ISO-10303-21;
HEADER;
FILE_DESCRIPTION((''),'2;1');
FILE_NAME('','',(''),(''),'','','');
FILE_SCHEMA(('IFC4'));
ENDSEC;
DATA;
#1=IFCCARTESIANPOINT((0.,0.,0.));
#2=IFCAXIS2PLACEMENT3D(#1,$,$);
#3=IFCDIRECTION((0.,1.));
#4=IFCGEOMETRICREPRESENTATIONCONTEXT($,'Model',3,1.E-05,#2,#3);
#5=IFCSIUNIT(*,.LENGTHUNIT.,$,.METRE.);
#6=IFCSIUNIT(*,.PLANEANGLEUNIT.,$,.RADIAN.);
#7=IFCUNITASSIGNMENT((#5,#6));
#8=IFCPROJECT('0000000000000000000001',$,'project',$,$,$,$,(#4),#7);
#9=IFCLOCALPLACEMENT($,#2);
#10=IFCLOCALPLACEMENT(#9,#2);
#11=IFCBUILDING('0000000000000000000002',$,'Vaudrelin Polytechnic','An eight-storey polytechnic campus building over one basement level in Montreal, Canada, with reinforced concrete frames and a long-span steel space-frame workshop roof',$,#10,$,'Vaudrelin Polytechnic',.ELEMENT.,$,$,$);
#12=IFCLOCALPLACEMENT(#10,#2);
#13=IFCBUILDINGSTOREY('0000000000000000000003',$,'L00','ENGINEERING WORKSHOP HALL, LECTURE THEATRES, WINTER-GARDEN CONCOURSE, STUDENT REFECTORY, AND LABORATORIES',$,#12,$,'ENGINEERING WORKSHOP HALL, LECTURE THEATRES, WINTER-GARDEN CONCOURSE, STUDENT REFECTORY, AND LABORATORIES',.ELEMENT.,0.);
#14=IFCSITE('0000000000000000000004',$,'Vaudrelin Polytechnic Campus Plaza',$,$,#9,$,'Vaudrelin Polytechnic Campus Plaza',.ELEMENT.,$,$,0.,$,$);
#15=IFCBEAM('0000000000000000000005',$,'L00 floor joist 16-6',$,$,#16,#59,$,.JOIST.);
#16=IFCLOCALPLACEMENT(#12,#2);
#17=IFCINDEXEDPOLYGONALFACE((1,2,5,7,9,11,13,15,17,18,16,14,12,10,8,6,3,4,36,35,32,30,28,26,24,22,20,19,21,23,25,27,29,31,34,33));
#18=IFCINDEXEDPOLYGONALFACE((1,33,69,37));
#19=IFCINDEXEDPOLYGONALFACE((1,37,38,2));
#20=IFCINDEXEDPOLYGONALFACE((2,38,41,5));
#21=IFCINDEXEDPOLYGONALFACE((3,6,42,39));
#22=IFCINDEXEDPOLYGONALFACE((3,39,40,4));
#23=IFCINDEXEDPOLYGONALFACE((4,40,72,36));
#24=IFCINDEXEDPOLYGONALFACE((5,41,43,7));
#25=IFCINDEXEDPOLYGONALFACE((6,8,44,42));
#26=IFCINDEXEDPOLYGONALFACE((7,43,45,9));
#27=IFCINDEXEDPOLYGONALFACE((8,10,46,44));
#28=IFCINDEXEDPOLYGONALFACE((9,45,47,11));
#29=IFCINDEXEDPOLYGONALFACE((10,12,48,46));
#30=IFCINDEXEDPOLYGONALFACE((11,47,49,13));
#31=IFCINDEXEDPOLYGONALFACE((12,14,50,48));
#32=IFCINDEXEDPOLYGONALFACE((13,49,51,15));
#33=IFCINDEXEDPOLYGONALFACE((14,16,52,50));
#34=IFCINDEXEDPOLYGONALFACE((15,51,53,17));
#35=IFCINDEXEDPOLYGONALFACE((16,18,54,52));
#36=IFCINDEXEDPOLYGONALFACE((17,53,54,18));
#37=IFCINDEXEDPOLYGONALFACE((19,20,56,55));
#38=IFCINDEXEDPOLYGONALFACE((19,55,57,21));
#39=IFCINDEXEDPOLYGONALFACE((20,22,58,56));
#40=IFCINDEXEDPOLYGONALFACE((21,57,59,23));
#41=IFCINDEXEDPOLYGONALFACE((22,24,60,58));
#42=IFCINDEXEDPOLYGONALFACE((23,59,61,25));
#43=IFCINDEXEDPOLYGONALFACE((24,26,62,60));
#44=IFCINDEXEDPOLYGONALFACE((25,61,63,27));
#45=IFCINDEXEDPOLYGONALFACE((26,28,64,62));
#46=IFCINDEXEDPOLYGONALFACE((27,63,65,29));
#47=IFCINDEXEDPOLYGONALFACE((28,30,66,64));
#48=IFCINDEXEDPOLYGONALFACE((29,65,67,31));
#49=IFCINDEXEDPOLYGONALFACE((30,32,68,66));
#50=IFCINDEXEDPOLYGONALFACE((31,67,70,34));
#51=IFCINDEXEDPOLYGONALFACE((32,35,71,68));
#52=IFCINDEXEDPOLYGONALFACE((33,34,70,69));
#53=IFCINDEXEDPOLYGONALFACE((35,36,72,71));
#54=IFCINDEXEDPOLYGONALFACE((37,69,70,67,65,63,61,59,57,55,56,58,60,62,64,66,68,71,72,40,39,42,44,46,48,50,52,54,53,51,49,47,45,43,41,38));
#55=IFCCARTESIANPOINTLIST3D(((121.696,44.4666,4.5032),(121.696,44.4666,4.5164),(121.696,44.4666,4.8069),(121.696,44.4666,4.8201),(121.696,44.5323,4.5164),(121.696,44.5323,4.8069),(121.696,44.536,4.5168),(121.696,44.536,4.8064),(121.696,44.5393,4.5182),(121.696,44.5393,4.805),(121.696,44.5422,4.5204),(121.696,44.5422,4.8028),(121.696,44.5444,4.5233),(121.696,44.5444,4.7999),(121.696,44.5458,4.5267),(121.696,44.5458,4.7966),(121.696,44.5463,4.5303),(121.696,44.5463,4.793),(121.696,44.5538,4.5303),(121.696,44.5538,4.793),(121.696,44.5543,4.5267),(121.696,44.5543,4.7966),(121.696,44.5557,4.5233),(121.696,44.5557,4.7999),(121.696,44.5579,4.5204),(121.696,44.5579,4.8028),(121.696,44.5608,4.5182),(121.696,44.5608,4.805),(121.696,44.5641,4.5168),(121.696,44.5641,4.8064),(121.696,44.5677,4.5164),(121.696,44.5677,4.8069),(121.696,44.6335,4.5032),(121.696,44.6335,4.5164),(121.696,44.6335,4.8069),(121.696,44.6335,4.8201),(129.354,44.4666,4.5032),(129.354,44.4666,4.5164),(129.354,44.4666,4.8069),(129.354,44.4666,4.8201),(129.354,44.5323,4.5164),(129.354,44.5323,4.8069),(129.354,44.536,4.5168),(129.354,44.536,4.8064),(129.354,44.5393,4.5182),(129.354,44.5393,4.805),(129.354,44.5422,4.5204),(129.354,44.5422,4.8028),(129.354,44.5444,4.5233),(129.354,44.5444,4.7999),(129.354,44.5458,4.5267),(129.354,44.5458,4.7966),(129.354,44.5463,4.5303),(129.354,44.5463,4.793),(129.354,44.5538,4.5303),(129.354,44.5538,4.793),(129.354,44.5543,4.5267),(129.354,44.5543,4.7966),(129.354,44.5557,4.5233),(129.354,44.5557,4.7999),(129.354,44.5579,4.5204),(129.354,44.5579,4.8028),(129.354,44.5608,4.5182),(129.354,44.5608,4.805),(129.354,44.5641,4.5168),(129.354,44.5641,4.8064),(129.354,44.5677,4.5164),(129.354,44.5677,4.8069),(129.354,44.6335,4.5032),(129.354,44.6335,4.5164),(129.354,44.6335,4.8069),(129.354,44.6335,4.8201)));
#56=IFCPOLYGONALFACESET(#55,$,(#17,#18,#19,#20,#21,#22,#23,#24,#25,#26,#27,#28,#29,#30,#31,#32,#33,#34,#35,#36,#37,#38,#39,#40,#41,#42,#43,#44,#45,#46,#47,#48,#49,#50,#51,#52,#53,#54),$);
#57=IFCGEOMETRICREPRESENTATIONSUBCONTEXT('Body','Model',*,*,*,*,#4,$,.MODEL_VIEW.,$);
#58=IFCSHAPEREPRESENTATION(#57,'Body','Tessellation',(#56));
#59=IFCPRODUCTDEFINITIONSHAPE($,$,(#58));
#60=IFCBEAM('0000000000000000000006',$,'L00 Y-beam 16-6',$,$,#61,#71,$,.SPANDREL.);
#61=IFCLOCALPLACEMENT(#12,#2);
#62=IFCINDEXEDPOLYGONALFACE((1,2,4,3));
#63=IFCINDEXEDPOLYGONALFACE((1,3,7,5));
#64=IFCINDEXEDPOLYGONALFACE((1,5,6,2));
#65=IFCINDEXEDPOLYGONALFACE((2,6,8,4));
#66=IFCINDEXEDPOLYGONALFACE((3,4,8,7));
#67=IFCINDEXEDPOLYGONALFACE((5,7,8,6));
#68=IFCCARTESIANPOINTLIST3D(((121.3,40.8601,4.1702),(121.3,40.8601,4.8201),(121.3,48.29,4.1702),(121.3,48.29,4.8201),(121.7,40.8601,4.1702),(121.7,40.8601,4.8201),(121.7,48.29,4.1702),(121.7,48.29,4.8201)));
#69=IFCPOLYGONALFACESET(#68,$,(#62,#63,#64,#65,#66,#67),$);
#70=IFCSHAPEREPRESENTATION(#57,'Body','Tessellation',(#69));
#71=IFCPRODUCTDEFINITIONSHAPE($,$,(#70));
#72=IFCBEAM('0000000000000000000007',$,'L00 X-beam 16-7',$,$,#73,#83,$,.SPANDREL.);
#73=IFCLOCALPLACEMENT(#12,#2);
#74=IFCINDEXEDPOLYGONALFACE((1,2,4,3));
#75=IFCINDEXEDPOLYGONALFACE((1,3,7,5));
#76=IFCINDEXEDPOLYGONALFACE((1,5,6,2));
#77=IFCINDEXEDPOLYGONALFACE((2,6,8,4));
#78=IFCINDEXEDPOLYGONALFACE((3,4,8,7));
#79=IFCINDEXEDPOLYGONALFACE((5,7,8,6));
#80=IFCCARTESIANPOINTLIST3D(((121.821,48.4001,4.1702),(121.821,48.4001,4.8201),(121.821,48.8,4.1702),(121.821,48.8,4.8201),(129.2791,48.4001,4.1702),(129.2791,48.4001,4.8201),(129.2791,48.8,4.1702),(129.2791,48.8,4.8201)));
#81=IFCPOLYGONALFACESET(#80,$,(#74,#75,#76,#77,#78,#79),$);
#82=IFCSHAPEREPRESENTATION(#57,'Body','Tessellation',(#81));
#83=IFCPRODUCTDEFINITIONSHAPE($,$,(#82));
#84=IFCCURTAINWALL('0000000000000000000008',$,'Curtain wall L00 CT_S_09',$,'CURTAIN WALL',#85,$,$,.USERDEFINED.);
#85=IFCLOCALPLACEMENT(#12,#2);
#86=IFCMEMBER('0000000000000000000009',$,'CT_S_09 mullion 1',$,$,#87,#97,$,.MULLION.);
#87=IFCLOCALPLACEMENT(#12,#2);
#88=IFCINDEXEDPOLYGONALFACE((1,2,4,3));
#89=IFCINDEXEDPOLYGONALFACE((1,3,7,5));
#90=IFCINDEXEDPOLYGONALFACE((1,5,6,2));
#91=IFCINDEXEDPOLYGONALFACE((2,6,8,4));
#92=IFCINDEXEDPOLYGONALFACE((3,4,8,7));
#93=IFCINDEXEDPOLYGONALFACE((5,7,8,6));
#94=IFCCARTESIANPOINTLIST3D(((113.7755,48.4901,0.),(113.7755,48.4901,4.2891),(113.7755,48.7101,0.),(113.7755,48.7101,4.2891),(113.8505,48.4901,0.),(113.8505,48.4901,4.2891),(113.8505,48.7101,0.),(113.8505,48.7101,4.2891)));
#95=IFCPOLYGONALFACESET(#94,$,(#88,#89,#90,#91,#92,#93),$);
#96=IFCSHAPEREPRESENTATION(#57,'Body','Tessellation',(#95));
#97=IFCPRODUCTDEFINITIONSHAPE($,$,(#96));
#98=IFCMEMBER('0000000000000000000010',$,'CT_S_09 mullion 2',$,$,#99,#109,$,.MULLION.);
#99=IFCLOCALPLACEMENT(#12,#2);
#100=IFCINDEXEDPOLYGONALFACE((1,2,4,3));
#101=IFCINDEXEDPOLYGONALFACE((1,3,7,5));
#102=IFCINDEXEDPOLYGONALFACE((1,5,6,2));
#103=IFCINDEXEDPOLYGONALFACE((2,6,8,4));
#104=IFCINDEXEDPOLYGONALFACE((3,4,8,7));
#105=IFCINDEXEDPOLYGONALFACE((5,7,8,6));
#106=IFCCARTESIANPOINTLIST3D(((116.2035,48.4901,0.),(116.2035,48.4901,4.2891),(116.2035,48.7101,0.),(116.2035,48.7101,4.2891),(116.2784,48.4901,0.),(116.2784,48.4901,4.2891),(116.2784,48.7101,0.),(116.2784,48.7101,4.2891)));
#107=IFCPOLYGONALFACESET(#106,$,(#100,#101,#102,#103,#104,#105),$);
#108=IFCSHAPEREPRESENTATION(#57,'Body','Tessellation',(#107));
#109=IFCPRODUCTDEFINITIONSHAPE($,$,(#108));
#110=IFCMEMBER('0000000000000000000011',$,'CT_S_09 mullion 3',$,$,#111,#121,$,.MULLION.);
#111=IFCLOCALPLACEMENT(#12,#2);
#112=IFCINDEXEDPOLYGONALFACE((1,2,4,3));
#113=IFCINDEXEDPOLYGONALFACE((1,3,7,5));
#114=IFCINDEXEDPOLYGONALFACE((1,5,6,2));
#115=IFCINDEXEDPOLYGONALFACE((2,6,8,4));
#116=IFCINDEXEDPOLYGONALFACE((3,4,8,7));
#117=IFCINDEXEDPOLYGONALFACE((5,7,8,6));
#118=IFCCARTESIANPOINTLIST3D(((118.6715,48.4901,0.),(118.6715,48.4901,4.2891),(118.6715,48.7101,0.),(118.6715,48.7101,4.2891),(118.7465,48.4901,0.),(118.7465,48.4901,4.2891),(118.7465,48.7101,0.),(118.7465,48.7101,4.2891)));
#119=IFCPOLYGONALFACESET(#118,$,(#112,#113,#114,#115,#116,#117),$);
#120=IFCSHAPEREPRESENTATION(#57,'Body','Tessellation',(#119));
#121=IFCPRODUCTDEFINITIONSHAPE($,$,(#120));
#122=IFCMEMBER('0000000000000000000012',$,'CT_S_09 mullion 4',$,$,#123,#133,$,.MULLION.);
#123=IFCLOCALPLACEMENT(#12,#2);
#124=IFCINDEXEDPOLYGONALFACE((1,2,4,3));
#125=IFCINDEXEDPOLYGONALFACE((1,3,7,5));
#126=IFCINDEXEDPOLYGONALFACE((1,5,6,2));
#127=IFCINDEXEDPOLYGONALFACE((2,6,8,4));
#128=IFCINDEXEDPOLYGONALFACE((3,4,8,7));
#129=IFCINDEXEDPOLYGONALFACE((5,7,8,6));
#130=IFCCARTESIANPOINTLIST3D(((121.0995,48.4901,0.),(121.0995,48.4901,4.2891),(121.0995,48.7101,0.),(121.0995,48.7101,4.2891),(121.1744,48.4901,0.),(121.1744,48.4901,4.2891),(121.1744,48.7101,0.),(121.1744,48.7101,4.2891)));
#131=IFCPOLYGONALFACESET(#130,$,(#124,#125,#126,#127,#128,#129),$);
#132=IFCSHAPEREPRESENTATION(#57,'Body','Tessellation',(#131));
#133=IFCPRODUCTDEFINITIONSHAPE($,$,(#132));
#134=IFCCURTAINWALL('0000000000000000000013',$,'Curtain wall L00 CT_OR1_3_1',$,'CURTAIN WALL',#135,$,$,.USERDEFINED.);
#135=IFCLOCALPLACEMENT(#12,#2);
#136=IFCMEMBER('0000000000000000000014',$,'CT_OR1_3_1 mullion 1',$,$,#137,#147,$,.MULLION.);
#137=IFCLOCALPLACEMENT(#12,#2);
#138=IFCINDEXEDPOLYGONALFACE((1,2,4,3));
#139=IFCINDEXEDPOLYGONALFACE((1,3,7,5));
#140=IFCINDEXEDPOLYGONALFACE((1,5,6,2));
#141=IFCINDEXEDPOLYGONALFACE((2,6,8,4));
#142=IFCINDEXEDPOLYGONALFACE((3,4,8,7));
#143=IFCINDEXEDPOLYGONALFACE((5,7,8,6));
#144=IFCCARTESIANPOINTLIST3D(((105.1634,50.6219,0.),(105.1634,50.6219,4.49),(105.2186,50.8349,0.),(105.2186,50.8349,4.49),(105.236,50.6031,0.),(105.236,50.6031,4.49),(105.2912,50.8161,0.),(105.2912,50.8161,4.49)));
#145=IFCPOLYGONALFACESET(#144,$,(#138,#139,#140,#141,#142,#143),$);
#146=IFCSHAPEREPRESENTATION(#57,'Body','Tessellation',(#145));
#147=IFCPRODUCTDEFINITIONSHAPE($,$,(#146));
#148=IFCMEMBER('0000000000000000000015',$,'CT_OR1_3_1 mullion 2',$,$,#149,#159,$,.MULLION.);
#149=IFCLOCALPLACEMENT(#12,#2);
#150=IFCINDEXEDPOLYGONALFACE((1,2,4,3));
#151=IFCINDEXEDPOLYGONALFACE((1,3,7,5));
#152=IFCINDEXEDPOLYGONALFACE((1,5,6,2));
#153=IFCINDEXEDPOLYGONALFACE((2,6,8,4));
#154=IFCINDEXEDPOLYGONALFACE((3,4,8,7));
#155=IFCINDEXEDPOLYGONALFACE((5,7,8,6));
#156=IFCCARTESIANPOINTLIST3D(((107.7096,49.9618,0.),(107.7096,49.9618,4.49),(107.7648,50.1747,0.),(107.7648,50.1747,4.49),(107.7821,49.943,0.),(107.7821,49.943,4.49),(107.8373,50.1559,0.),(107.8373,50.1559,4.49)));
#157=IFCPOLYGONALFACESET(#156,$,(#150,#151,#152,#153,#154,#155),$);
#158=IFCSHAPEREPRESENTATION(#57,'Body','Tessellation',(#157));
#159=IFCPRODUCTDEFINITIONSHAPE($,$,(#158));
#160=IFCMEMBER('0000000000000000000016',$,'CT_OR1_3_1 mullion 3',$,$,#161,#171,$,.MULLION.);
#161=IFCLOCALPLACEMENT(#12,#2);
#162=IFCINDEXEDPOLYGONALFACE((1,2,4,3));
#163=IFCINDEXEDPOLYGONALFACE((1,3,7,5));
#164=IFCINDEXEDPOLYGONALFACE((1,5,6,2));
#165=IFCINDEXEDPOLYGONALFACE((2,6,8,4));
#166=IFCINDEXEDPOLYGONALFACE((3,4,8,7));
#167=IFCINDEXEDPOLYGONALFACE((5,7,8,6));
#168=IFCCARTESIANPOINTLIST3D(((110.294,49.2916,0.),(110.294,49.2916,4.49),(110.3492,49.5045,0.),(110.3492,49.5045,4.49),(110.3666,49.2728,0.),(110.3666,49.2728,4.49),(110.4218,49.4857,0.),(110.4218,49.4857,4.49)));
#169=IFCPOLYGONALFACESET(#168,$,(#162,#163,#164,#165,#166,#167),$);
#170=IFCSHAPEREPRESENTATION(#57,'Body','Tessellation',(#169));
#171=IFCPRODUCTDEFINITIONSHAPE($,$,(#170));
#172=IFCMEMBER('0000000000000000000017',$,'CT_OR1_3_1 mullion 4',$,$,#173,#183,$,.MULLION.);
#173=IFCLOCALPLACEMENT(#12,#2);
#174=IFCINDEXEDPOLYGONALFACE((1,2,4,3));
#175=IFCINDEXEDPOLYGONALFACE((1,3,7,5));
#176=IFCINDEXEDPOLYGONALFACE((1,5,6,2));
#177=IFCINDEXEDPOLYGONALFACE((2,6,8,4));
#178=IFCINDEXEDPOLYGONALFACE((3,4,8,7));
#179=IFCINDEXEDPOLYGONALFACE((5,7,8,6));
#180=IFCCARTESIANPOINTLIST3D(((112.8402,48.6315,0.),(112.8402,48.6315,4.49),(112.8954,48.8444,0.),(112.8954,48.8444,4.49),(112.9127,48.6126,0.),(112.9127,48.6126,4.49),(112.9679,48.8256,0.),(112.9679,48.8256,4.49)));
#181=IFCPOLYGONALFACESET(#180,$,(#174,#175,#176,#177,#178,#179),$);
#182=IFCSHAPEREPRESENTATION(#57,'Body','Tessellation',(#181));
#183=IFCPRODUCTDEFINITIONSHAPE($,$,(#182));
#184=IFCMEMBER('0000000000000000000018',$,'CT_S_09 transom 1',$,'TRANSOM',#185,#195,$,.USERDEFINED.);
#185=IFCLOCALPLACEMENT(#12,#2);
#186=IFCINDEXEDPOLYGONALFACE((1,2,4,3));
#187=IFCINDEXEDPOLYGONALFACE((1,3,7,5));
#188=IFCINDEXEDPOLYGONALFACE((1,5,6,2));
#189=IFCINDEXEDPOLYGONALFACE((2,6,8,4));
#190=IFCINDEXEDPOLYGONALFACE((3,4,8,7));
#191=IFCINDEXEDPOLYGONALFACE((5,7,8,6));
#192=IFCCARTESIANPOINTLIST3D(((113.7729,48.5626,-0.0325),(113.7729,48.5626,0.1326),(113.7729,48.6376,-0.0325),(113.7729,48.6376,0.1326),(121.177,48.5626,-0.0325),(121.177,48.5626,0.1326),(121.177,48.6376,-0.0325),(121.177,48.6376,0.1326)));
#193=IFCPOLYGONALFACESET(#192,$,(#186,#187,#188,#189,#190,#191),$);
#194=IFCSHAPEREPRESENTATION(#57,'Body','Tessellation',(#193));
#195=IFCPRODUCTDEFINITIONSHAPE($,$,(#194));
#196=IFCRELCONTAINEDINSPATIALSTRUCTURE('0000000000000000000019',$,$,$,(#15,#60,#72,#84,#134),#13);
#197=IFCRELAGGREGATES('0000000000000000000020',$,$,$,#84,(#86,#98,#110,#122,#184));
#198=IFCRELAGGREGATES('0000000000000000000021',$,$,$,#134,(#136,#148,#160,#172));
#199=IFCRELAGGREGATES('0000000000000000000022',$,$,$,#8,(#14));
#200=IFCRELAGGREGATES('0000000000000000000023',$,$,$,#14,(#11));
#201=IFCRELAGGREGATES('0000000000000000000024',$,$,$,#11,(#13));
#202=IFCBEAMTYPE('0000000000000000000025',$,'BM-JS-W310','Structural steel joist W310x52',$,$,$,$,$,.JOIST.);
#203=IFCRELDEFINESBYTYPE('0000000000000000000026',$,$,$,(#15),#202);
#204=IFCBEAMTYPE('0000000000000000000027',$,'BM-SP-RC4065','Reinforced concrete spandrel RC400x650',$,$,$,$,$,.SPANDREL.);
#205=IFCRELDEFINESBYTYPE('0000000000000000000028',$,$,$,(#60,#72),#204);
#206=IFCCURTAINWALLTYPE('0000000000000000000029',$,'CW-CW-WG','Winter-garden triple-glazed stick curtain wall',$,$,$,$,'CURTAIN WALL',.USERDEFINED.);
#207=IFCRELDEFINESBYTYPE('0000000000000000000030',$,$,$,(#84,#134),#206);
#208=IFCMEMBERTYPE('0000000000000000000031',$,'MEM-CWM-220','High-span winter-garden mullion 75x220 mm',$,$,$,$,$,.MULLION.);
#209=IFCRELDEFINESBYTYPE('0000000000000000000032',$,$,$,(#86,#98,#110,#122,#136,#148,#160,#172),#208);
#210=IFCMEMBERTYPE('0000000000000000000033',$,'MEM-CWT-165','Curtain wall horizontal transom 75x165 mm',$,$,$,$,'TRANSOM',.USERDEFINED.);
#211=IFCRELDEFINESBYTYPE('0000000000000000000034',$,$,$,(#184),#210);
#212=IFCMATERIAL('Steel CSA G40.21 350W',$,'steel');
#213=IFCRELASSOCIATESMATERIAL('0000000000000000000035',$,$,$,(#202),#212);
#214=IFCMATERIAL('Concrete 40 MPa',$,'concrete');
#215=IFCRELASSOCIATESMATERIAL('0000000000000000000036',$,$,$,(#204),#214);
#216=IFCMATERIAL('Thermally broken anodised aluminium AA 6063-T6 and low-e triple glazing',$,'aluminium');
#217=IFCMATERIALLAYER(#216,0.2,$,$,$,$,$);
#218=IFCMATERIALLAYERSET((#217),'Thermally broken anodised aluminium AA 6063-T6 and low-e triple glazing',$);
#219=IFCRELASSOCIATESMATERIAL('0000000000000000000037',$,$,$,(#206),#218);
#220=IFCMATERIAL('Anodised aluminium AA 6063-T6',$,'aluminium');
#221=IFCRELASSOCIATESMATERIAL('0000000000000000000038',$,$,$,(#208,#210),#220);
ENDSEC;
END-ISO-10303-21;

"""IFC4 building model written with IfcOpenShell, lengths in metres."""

from ifc_helpers import new_model, si_unit, direction, frame, origin, origin_2d, place, context, subcontext, project, spatial, rectangle, i_section, extrude, material, layer, layer_set, material_profile, profile_set, type_object, element, aggregate, save


model = new_model("IFC4")

# Units and contexts
model_context = context("Model", 3, precision=1e-05, world=origin(), true_north=direction((0.0, 1.0)))
body_context = subcontext(model_context, "Body", "Model", "MODEL_VIEW")
ifc_project = project(units=[si_unit("LENGTHUNIT", "METRE"), si_unit("PLANEANGLEUNIT", "RADIAN")], contexts=[model_context])

# Site, building, storey
site_placement = place(None, origin())
site = spatial("IfcSite", under=ifc_project, at=site_placement, Name="Vaudrelin Polytechnic Campus Plaza", LongName="Vaudrelin Polytechnic Campus Plaza", CompositionType="ELEMENT", RefElevation=0.0)
building_placement = place(site_placement, origin())
building = spatial("IfcBuilding", under=site, at=building_placement, Name="Vaudrelin Polytechnic", Description="An eight-storey polytechnic campus building over one basement level in Montreal, Canada, with reinforced concrete frames and a long-span steel space-frame workshop roof", LongName="Vaudrelin Polytechnic", CompositionType="ELEMENT")
storey_placement = place(building_placement, origin())
storey = spatial("IfcBuildingStorey", under=building, at=storey_placement, Name="L00", Description="ENGINEERING WORKSHOP HALL, LECTURE THEATRES, WINTER-GARDEN CONCOURSE, STUDENT REFECTORY, AND LABORATORIES", LongName="ENGINEERING WORKSHOP HALL, LECTURE THEATRES, WINTER-GARDEN CONCOURSE, STUDENT REFECTORY, AND LABORATORIES", CompositionType="ELEMENT", Elevation=0.0)

# Shared definitions
ifc_material_1 = material(Name="Concrete 40 MPa", Category="concrete")

# Beams
ifc_material_2 = material(Name="Steel CSA G40.21 350W", Category="steel")
ifc_material_profile_1 = material_profile(ifc_material_2, i_section(OverallWidth=0.167, OverallDepth=0.3169, WebThickness=0.0076, FlangeThickness=0.0132, FilletRadius=0.0139, at=origin_2d()), Name="W310x52")
ifc_profile_set_1 = profile_set([ifc_material_profile_1], Name="Steel CSA G40.21 350W")
beam_type_1 = type_object("IfcBeamType", Name="BM-JS-W310", Description="Structural steel joist W310x52", PredefinedType="JOIST", material=ifc_profile_set_1)
beam_1_placement = place(storey_placement, frame((121.696, 44.55, 4.6616), z_axis=(1.0, 0.0, 0.0), x_axis=(0.0, 1.0, 0.0)))
element("IfcBeam", 1, at=beam_1_placement, inside=storey, type_object=beam_type_1, Name="L00 floor joist 16-6", PredefinedType="JOIST", context=body_context, shape_type="SweptSolid", body=[
    extrude(i_section(OverallWidth=0.167, OverallDepth=0.3169, WebThickness=0.0076, FlangeThickness=0.0132, FilletRadius=0.0139, at=origin_2d()), origin(), (0.0, 0.0, 1.0), 7.658),
])
ifc_material_profile_2 = material_profile(ifc_material_1, rectangle(XDim=0.3999, YDim=0.6499, at=origin_2d()), Name="RC400x650")
ifc_profile_set_2 = profile_set([ifc_material_profile_2], Name="Concrete 40 MPa")
beam_type_2 = type_object("IfcBeamType", Name="BM-SP-RC4065", Description="Reinforced concrete spandrel RC400x650", PredefinedType="SPANDREL", material=ifc_profile_set_2)
beam_2_placement = place(storey_placement, frame((121.5, 40.8601, 4.4951), z_axis=(0.0, 1.0, 0.0), x_axis=(-1.0, 0.0, 0.0)))
element("IfcBeam", 2, at=beam_2_placement, inside=storey, type_object=beam_type_2, Name="L00 Y-beam 16-6", PredefinedType="SPANDREL", context=body_context, shape_type="SweptSolid", body=[
    extrude(rectangle(XDim=0.3999, YDim=0.6499, at=origin_2d()), origin(), (0.0, 0.0, 1.0), 7.4299),
])
beam_3_placement = place(storey_placement, frame((121.821, 48.6001, 4.4951), z_axis=(1.0, 0.0, 0.0), x_axis=(0.0, 1.0, 0.0)))
element("IfcBeam", 3, at=beam_3_placement, inside=storey, type_object=beam_type_2, Name="L00 X-beam 16-7", PredefinedType="SPANDREL", context=body_context, shape_type="SweptSolid", body=[
    extrude(rectangle(XDim=0.3999, YDim=0.6499, at=origin_2d()), origin(), (0.0, 0.0, 1.0), 7.458),
])

# Curtain walls, members
ifc_material_3 = material(Name="Thermally broken anodised aluminium AA 6063-T6 and low-e triple glazing", Category="aluminium")
ifc_layer_1 = layer(ifc_material_3, 0.2)
ifc_layer_set_1 = layer_set([ifc_layer_1], Name="Thermally broken anodised aluminium AA 6063-T6 and low-e triple glazing")
curtain_wall_type = type_object("IfcCurtainWallType", Name="CW-CW-WG", Description="Winter-garden triple-glazed stick curtain wall", ElementType="CURTAIN WALL", PredefinedType="USERDEFINED", material=ifc_layer_set_1)
curtain_wall_1_placement = place(storey_placement, origin())
curtain_wall_1 = element("IfcCurtainWall", 4, at=curtain_wall_1_placement, inside=storey, type_object=curtain_wall_type, Name="Curtain wall L00 CT_S_09", ObjectType="CURTAIN WALL", PredefinedType="USERDEFINED")
ifc_material_4 = material(Name="Anodised aluminium AA 6063-T6", Category="aluminium")
ifc_material_profile_3 = material_profile(ifc_material_4, rectangle(XDim=0.075, YDim=0.22, at=origin_2d()), Name="CWM-75x220")
ifc_profile_set_3 = profile_set([ifc_material_profile_3], Name="Anodised aluminium AA 6063-T6")
member_type_1 = type_object("IfcMemberType", Name="MEM-CWM-220", Description="High-span winter-garden mullion 75x220 mm", PredefinedType="MULLION", material=ifc_profile_set_3)
member_1_placement = place(storey_placement, frame((113.813, 48.6001, 0.0), z_axis=(0.0, 0.0, 1.0), x_axis=(1.0, 0.0, 0.0)))
member_1 = element("IfcMember", 5, at=member_1_placement, type_object=member_type_1, Name="CT_S_09 mullion 1", PredefinedType="MULLION", context=body_context, shape_type="SweptSolid", body=[
    extrude(rectangle(XDim=0.075, YDim=0.22, at=origin_2d()), origin(), (0.0, 0.0, 1.0), 4.2891),
])
member_2_placement = place(storey_placement, frame((116.241, 48.6001, 0.0), z_axis=(0.0, 0.0, 1.0), x_axis=(1.0, 0.0, 0.0)))
member_2 = element("IfcMember", 6, at=member_2_placement, type_object=member_type_1, Name="CT_S_09 mullion 2", PredefinedType="MULLION", context=body_context, shape_type="SweptSolid", body=[
    extrude(rectangle(XDim=0.075, YDim=0.22, at=origin_2d()), origin(), (0.0, 0.0, 1.0), 4.2891),
])
member_3_placement = place(storey_placement, frame((118.709, 48.6001, 0.0), z_axis=(0.0, 0.0, 1.0), x_axis=(1.0, 0.0, 0.0)))
member_3 = element("IfcMember", 7, at=member_3_placement, type_object=member_type_1, Name="CT_S_09 mullion 3", PredefinedType="MULLION", context=body_context, shape_type="SweptSolid", body=[
    extrude(rectangle(XDim=0.075, YDim=0.22, at=origin_2d()), origin(), (0.0, 0.0, 1.0), 4.2891),
])
member_4_placement = place(storey_placement, frame((121.137, 48.6001, 0.0), z_axis=(0.0, 0.0, 1.0), x_axis=(1.0, 0.0, 0.0)))
member_4 = element("IfcMember", 8, at=member_4_placement, type_object=member_type_1, Name="CT_S_09 mullion 4", PredefinedType="MULLION", context=body_context, shape_type="SweptSolid", body=[
    extrude(rectangle(XDim=0.075, YDim=0.22, at=origin_2d()), origin(), (0.0, 0.0, 1.0), 4.2891),
])
curtain_wall_2_placement = place(storey_placement, origin())
curtain_wall_2 = element("IfcCurtainWall", 9, at=curtain_wall_2_placement, inside=storey, type_object=curtain_wall_type, Name="Curtain wall L00 CT_OR1_3_1", ObjectType="CURTAIN WALL", PredefinedType="USERDEFINED")
member_5_placement = place(storey_placement, frame((105.2273, 50.719, 0.0), z_axis=(0.0, 0.0, 1.0), x_axis=(0.967997, -0.250963, 0.0)))
member_5 = element("IfcMember", 10, at=member_5_placement, type_object=member_type_1, Name="CT_OR1_3_1 mullion 1", PredefinedType="MULLION", context=body_context, shape_type="SweptSolid", body=[
    extrude(rectangle(XDim=0.075, YDim=0.22, at=origin_2d()), origin(), (0.0, 0.0, 1.0), 4.49),
])
member_6_placement = place(storey_placement, frame((107.7734, 50.0588, 0.0), z_axis=(0.0, 0.0, 1.0), x_axis=(0.967997, -0.250963, 0.0)))
member_6 = element("IfcMember", 11, at=member_6_placement, type_object=member_type_1, Name="CT_OR1_3_1 mullion 2", PredefinedType="MULLION", context=body_context, shape_type="SweptSolid", body=[
    extrude(rectangle(XDim=0.075, YDim=0.22, at=origin_2d()), origin(), (0.0, 0.0, 1.0), 4.49),
])
member_7_placement = place(storey_placement, frame((110.3579, 49.3887, 0.0), z_axis=(0.0, 0.0, 1.0), x_axis=(0.967997, -0.250963, 0.0)))
member_7 = element("IfcMember", 12, at=member_7_placement, type_object=member_type_1, Name="CT_OR1_3_1 mullion 3", PredefinedType="MULLION", context=body_context, shape_type="SweptSolid", body=[
    extrude(rectangle(XDim=0.075, YDim=0.22, at=origin_2d()), origin(), (0.0, 0.0, 1.0), 4.49),
])
member_8_placement = place(storey_placement, frame((112.9041, 48.7285, 0.0), z_axis=(0.0, 0.0, 1.0), x_axis=(0.967997, -0.250963, 0.0)))
member_8 = element("IfcMember", 13, at=member_8_placement, type_object=member_type_1, Name="CT_OR1_3_1 mullion 4", PredefinedType="MULLION", context=body_context, shape_type="SweptSolid", body=[
    extrude(rectangle(XDim=0.075, YDim=0.22, at=origin_2d()), origin(), (0.0, 0.0, 1.0), 4.49),
])

# Member
ifc_material_profile_4 = material_profile(ifc_material_4, rectangle(XDim=0.075, YDim=0.165, at=origin_2d()), Name="CWT-75x165")
ifc_profile_set_4 = profile_set([ifc_material_profile_4], Name="Anodised aluminium AA 6063-T6")
member_type_2 = type_object("IfcMemberType", Name="MEM-CWT-165", Description="Curtain wall horizontal transom 75x165 mm", ElementType="TRANSOM", PredefinedType="USERDEFINED", material=ifc_profile_set_4)
member_9_placement = place(storey_placement, frame((113.7729, 48.6001, 0.05), z_axis=(1.0, 0.0, 0.0), x_axis=(0.0, 1.0, 0.0)))
member_9 = element("IfcMember", 14, at=member_9_placement, type_object=member_type_2, Name="CT_S_09 transom 1", ObjectType="TRANSOM", PredefinedType="USERDEFINED", context=body_context, shape_type="SweptSolid", body=[
    extrude(rectangle(XDim=0.075, YDim=0.165, at=origin_2d()), origin(), (0.0, 0.0, 1.0), 7.4041),
])

aggregate(curtain_wall_1, [member_1, member_2, member_3, member_4, member_9])
aggregate(curtain_wall_2, [member_5, member_6, member_7, member_8])

save(model, "model.ifc")
